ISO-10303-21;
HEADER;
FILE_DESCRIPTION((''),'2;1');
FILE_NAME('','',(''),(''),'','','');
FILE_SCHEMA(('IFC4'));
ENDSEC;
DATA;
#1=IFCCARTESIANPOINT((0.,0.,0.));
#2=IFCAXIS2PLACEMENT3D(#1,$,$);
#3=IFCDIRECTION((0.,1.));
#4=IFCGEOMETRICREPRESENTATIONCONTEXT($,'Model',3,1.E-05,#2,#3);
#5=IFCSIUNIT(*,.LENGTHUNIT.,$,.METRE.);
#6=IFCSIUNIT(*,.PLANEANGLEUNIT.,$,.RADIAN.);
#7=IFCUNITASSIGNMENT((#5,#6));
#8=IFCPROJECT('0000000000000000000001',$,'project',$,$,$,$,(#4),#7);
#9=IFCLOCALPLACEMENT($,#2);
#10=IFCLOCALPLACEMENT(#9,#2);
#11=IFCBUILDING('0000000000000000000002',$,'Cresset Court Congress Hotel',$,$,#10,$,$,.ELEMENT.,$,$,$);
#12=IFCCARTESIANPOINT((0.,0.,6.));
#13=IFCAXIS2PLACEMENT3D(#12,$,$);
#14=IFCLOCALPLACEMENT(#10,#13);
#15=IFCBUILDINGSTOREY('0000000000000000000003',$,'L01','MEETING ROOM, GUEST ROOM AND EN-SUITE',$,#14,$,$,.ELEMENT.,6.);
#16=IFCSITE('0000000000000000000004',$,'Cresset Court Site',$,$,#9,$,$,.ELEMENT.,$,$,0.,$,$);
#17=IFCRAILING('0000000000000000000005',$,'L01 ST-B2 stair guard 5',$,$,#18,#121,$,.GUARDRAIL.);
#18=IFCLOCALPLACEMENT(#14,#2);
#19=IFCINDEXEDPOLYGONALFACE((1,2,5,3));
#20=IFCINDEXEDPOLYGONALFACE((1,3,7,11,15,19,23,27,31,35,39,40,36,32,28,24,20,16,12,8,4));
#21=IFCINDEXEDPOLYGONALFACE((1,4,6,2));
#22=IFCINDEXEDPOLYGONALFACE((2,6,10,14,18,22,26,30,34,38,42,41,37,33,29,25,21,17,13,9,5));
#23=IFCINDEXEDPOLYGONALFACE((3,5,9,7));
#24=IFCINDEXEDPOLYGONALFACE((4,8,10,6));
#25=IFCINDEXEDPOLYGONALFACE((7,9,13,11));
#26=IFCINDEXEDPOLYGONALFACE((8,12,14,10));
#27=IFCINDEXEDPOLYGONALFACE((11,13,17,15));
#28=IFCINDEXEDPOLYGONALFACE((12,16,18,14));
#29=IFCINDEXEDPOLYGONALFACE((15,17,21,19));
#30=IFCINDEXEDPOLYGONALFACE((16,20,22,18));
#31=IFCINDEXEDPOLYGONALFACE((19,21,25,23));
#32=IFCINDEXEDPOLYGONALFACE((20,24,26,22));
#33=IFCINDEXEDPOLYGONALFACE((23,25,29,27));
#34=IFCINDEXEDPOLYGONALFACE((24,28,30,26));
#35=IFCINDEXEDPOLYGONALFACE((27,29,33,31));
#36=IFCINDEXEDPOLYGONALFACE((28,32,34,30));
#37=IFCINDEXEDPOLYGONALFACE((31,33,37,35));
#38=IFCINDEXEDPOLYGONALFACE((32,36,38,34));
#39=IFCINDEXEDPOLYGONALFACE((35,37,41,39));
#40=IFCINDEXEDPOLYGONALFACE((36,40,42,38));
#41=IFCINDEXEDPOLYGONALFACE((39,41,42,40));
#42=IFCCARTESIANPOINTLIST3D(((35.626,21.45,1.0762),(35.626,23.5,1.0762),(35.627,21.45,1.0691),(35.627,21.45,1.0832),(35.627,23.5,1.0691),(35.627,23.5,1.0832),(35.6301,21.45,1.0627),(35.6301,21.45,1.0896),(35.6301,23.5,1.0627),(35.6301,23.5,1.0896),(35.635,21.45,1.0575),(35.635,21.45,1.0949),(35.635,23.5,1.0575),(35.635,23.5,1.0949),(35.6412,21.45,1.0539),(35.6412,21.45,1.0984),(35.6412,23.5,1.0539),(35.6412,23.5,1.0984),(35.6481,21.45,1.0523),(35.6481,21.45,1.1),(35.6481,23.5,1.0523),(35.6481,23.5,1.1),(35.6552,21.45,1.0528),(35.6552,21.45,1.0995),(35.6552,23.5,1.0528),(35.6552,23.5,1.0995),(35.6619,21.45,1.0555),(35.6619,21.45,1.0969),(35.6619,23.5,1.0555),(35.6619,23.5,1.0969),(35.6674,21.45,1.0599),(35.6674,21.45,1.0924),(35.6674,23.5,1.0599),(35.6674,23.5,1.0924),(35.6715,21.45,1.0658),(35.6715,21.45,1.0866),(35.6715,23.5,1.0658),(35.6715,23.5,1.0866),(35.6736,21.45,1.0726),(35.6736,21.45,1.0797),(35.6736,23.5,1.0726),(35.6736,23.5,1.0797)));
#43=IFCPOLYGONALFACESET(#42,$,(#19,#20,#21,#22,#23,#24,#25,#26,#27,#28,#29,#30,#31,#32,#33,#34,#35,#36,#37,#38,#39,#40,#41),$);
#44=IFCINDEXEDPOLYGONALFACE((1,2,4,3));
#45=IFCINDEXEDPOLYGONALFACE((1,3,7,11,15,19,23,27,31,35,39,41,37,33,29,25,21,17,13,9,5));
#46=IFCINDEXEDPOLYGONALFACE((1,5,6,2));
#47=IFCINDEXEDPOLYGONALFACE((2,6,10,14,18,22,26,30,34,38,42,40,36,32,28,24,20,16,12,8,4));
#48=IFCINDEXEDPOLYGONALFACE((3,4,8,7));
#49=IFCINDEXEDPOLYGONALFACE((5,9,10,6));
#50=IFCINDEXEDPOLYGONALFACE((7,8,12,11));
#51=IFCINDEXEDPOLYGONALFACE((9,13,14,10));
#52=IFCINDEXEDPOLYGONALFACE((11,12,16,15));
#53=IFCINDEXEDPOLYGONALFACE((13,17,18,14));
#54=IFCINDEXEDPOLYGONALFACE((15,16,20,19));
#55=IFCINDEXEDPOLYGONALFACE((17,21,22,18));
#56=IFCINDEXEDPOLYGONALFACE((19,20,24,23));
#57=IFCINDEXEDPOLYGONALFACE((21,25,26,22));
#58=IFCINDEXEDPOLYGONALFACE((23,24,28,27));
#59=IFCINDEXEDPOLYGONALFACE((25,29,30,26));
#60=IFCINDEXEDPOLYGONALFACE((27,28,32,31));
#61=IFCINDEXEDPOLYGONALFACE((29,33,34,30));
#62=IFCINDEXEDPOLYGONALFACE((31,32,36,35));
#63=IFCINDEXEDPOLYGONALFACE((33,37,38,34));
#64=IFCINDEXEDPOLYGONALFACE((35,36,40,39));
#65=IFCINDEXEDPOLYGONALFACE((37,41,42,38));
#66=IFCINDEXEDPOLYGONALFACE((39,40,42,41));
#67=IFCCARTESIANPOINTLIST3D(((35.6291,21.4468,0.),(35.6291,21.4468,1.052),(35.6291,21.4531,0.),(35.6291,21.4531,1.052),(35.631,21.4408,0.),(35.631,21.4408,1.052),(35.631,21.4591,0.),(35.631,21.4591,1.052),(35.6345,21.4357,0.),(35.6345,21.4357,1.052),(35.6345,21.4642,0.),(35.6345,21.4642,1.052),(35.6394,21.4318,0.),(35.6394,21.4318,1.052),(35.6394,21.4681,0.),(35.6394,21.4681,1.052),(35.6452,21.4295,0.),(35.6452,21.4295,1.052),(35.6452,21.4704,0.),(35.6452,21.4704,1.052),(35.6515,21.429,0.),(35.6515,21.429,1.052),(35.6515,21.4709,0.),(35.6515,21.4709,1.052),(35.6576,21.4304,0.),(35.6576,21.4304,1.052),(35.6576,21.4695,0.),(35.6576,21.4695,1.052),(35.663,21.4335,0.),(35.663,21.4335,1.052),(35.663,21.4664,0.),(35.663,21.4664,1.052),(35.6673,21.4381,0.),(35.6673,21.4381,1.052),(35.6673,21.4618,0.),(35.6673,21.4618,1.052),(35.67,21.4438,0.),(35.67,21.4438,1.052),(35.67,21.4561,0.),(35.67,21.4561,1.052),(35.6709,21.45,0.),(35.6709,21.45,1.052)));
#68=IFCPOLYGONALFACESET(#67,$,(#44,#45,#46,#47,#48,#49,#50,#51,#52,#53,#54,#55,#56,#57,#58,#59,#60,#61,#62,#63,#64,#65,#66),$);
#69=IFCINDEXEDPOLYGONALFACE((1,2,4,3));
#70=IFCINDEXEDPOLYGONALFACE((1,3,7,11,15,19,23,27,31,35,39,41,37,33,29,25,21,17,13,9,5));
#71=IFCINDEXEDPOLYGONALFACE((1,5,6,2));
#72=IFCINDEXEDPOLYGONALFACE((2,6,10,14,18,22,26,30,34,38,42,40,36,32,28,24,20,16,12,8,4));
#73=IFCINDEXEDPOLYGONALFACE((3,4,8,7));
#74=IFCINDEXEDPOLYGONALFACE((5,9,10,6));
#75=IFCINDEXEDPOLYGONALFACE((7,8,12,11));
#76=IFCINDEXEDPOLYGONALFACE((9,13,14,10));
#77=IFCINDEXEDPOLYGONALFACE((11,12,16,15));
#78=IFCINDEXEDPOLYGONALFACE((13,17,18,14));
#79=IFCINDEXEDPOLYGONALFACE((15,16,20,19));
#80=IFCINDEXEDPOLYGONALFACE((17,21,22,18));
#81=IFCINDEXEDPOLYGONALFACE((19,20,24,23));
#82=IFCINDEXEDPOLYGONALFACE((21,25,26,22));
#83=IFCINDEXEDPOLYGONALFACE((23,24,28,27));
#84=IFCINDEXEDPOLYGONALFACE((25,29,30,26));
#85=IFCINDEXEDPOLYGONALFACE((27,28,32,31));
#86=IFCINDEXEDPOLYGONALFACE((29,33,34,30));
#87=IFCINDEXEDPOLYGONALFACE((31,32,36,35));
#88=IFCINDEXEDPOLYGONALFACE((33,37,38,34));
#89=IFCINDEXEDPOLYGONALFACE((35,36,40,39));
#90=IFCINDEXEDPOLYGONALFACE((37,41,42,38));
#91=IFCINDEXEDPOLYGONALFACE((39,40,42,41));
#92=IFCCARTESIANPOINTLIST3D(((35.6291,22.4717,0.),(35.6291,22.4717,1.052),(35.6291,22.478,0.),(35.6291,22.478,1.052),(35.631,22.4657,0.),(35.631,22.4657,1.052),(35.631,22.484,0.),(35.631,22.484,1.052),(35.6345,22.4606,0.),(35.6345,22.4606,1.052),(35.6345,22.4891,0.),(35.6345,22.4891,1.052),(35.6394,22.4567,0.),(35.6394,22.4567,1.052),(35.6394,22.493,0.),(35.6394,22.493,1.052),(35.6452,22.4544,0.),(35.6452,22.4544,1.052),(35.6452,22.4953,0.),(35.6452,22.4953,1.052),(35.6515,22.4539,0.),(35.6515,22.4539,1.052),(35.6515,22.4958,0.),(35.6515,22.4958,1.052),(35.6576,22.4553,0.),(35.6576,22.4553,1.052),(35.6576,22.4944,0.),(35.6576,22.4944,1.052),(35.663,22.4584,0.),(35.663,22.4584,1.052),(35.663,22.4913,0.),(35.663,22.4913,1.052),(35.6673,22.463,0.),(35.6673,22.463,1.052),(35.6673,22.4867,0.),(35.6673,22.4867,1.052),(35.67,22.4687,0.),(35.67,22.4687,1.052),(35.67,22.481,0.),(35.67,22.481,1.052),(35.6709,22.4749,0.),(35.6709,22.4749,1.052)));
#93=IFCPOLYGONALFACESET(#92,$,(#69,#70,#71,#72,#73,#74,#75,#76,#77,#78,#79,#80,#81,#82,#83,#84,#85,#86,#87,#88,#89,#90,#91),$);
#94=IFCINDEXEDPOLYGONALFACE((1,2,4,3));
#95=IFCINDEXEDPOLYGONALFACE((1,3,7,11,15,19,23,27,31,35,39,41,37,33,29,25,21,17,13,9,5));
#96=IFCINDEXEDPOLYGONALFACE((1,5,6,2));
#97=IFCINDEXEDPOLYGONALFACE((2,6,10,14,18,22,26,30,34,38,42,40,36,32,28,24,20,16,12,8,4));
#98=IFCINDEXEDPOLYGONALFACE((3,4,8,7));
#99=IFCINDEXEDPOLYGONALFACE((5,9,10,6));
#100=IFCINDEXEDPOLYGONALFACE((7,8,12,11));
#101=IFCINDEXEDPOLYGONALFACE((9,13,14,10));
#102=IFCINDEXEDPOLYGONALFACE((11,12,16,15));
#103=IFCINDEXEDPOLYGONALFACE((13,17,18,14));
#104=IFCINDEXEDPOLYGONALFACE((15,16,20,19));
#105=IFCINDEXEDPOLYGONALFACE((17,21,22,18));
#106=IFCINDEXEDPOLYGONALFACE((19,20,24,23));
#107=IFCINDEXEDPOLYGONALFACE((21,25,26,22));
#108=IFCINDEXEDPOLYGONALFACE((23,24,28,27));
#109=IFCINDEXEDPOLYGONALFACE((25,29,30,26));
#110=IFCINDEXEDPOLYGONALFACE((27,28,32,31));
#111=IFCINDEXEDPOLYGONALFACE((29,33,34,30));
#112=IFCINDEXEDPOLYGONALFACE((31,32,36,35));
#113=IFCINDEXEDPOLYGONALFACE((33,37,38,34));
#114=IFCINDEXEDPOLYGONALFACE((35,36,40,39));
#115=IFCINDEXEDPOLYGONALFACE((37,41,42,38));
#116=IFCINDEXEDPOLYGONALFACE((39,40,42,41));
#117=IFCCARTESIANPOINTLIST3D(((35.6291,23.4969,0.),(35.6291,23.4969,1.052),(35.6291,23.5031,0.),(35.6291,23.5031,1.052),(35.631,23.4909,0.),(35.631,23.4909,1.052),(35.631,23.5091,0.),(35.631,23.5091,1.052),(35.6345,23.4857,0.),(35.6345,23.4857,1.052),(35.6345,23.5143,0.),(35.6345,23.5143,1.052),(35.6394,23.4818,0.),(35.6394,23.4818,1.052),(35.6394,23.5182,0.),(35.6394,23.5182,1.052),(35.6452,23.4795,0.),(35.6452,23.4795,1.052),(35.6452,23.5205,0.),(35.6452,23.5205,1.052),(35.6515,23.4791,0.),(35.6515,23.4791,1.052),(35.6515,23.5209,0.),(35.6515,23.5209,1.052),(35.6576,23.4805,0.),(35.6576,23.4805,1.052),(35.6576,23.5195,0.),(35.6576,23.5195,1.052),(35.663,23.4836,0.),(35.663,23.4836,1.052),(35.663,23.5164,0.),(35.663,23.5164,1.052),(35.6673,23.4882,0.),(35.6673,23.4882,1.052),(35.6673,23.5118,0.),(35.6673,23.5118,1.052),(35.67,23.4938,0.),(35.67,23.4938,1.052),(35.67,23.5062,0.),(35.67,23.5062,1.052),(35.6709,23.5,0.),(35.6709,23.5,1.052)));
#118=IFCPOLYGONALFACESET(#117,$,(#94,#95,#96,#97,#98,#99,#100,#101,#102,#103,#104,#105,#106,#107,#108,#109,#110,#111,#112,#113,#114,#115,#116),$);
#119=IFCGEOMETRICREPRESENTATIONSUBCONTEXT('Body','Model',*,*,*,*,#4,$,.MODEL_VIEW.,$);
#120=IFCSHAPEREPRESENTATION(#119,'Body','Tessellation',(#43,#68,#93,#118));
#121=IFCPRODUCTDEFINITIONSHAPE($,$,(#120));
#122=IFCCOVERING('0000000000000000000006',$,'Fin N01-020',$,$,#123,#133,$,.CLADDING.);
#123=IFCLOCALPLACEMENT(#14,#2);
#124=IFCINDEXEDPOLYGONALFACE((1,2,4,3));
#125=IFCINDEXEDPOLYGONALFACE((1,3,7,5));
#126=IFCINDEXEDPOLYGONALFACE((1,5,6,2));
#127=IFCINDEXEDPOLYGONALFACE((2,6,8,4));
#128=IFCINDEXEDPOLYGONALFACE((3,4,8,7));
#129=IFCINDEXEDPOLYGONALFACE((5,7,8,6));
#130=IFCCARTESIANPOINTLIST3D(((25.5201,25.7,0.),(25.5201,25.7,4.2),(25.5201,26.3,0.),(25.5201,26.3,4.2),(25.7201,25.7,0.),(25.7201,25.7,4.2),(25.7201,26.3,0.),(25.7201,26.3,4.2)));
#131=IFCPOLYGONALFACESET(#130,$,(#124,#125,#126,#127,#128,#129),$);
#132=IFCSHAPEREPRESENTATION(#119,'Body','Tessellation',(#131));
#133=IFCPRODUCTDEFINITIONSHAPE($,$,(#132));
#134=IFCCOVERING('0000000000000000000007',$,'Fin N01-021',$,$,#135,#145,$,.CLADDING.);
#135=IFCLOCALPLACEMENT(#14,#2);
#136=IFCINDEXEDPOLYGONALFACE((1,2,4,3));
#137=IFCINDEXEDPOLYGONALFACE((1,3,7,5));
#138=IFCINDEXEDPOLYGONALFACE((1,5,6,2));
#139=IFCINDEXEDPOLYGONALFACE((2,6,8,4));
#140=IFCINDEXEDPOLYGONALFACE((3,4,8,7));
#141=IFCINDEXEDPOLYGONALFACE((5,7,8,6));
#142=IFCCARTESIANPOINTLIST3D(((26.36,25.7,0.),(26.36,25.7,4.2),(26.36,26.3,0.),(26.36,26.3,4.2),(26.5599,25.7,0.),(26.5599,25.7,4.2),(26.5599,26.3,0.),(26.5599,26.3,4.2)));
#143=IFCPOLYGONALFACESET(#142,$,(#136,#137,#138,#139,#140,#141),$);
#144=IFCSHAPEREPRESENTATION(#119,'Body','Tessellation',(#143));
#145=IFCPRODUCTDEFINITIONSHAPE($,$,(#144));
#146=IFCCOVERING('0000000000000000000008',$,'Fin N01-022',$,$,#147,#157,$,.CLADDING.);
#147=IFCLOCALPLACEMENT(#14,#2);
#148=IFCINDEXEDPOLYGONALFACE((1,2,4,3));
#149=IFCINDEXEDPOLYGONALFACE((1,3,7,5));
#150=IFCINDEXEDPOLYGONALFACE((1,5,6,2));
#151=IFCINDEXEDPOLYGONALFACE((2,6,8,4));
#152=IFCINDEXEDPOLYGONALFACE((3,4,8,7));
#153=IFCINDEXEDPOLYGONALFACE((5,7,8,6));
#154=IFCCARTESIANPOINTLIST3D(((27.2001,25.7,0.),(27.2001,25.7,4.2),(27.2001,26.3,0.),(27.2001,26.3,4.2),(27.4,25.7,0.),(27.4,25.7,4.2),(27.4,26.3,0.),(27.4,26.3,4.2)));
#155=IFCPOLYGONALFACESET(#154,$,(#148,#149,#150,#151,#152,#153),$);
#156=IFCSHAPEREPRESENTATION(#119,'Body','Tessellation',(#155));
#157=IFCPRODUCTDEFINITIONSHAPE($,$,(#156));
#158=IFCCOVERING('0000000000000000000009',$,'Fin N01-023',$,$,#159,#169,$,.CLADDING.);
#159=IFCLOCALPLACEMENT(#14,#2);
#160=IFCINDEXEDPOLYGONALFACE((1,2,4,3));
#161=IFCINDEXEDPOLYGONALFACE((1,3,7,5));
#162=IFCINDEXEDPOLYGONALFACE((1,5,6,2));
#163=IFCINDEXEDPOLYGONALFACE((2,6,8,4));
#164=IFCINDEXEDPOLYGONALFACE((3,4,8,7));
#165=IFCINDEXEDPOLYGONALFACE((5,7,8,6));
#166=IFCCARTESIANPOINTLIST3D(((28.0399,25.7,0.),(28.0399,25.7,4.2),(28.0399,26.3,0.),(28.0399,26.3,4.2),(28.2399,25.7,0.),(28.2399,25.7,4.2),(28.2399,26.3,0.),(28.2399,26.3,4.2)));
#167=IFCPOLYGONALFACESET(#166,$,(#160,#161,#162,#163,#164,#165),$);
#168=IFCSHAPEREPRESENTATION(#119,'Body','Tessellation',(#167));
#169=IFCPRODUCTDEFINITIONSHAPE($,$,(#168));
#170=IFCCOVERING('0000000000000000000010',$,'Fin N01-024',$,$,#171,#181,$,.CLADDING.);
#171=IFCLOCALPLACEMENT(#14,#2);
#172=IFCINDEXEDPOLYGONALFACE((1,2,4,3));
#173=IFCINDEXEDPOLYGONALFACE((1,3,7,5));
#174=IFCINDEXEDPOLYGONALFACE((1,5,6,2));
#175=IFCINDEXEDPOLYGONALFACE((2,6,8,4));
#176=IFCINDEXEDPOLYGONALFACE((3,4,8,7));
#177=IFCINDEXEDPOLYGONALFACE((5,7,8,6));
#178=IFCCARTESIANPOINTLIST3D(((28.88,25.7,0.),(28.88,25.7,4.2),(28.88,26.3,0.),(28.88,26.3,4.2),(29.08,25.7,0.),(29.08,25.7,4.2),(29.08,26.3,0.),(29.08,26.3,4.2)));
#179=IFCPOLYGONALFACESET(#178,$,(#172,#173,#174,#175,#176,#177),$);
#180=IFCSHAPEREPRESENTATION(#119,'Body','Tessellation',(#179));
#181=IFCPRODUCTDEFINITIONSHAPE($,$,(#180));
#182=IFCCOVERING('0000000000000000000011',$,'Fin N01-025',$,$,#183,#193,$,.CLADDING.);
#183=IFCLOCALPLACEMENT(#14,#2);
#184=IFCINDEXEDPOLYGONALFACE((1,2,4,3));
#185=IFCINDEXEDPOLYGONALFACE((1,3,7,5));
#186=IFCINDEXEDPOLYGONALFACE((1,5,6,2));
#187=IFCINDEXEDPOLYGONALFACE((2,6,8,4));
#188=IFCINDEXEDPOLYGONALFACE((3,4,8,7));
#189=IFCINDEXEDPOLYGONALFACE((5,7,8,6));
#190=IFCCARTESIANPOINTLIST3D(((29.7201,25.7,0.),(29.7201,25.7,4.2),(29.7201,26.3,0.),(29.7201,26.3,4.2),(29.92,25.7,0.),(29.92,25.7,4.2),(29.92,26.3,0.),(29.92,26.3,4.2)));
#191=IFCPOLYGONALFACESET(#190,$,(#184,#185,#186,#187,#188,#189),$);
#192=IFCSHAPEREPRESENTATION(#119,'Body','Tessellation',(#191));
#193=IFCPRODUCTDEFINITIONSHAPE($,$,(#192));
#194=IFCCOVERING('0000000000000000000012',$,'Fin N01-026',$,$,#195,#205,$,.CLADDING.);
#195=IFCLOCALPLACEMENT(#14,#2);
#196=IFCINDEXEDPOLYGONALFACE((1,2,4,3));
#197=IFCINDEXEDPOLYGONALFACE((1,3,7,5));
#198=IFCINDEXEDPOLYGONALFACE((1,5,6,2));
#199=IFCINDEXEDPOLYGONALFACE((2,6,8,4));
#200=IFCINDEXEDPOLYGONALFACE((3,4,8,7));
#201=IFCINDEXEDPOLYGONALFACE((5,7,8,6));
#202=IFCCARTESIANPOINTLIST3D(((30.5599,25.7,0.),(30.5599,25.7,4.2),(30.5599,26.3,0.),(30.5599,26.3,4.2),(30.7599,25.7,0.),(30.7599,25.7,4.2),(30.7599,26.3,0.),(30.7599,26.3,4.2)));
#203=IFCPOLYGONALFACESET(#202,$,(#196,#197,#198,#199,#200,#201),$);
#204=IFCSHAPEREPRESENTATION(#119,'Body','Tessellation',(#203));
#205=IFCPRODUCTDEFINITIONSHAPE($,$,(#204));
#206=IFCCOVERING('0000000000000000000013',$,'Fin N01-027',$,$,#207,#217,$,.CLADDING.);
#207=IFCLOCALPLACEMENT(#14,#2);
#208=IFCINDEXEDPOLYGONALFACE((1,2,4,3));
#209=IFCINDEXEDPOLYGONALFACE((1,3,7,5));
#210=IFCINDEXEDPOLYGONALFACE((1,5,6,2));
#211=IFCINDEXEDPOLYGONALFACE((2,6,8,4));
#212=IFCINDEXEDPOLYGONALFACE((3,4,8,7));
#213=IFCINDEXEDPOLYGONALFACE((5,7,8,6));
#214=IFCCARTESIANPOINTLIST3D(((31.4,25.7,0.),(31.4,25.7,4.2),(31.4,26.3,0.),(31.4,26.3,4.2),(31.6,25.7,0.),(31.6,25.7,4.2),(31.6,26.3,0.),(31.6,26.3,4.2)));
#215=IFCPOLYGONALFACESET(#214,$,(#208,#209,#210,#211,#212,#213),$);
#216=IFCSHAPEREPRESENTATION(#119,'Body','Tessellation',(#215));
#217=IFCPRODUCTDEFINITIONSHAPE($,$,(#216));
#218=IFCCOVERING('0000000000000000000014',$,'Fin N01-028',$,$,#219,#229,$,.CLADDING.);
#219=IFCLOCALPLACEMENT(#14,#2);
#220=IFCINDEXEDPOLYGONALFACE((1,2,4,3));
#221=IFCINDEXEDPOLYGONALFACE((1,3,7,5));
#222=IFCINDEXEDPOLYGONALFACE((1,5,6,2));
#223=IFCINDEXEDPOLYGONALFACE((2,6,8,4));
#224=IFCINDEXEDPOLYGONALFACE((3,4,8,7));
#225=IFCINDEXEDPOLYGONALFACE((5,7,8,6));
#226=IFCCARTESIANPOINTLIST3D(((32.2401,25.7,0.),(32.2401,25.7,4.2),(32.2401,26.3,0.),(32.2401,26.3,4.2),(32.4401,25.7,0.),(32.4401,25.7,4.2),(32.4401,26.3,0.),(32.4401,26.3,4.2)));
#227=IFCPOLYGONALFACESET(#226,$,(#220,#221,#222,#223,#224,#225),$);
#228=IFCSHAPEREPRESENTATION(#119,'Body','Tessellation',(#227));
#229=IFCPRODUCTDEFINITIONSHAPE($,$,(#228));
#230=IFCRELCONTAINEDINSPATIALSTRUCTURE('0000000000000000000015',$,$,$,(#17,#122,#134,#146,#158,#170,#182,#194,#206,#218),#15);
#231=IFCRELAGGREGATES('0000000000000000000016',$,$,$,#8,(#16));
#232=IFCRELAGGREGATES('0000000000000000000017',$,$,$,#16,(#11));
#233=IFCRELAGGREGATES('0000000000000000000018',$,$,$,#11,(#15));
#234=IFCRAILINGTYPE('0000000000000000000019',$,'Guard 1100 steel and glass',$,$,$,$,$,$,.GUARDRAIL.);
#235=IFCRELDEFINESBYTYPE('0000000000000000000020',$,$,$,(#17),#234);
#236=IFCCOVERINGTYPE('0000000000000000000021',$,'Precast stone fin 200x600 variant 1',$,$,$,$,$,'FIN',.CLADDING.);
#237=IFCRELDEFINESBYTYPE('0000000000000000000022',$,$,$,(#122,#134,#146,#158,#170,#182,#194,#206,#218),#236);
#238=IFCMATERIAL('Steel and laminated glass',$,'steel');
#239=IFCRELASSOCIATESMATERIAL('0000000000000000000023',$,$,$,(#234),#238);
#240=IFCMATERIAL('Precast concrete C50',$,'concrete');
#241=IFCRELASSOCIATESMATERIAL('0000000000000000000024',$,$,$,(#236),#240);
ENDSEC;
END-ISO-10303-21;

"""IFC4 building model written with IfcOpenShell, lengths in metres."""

from ifc_helpers import new_model, si_unit, direction, frame, origin, origin_2d, place, context, subcontext, project, spatial, rectangle, circle, extrude, material, type_object, element, save


model = new_model("IFC4")

# Units and contexts
model_context = context("Model", 3, precision=1e-05, world=origin(), true_north=direction((0.0, 1.0)))
body_context = subcontext(model_context, "Body", "Model", "MODEL_VIEW")
ifc_project = project(units=[si_unit("LENGTHUNIT", "METRE"), si_unit("PLANEANGLEUNIT", "RADIAN")], contexts=[model_context])

# Site, building, storey
site_placement = place(None, origin())
site = spatial("IfcSite", under=ifc_project, at=site_placement, Name="Cresset Court Site", CompositionType="ELEMENT", RefElevation=0.0)
building_placement = place(site_placement, origin())
building = spatial("IfcBuilding", under=site, at=building_placement, Name="Cresset Court Congress Hotel", CompositionType="ELEMENT")
storey_placement = place(building_placement, frame((0.0, 0.0, 6.0)))
storey = spatial("IfcBuildingStorey", under=building, at=storey_placement, Name="L01", Description="MEETING ROOM, GUEST ROOM AND EN-SUITE", CompositionType="ELEMENT", Elevation=6.0)

# Railing
ifc_material_1 = material(Name="Steel and laminated glass", Category="steel")
railing_type = type_object("IfcRailingType", Name="Guard 1100 steel and glass", PredefinedType="GUARDRAIL", material=ifc_material_1)
railing_placement = place(storey_placement, frame((35.6499, 21.45, 0.0)))
element("IfcRailing", 1, at=railing_placement, inside=storey, type_object=railing_type, Name="L01 ST-B2 stair guard 5", PredefinedType="GUARDRAIL", context=body_context, shape_type="SweptSolid", body=[
    extrude(circle(Radius=0.0239, at=origin_2d()), frame((0.0, 0.0, 1.0762), z_axis=(0.0, 1.0, 0.0), x_axis=(-1.0, 0.0, 0.0)), (0.0, 0.0, 1.0), 2.05),
    extrude(circle(Radius=0.021, at=origin_2d()), origin(), (0.0, 0.0, 1.0), 1.052),
    extrude(circle(Radius=0.021, at=origin_2d()), frame((0.0, 1.0249, 0.0)), (0.0, 0.0, 1.0), 1.052),
    extrude(circle(Radius=0.021, at=origin_2d()), frame((0.0, 2.05, 0.0)), (0.0, 0.0, 1.0), 1.052),
])

# Coverings
ifc_material_2 = material(Name="Precast concrete C50", Category="concrete")
covering_type = type_object("IfcCoveringType", Name="Precast stone fin 200x600 variant 1", ElementType="FIN", PredefinedType="CLADDING", material=ifc_material_2)
for number, where, z_axis, x_axis, name in (
    (2, (25.6201, 26.0, 0.0), (0.0, 0.0, 1.0), (1.0, 0.0, 0.0), "Fin N01-020"),
    (3, (26.46, 26.0, 0.0), (0.0, 0.0, 1.0), (1.0, 0.0, 0.0), "Fin N01-021"),
    (4, (27.3, 26.0, 0.0), (0.0, 0.0, 1.0), (1.0, 0.0, 0.0), "Fin N01-022"),
    (5, (28.1399, 26.0, 0.0), (0.0, 0.0, 1.0), (1.0, 0.0, 0.0), "Fin N01-023"),
    (6, (28.98, 26.0, 0.0), (0.0, 0.0, 1.0), (1.0, 0.0, 0.0), "Fin N01-024"),
    (7, (29.8201, 26.0, 0.0), (0.0, 0.0, 1.0), (1.0, 0.0, 0.0), "Fin N01-025"),
    (8, (30.6599, 26.0, 0.0), (0.0, 0.0, 1.0), (1.0, 0.0, 0.0), "Fin N01-026"),
    (9, (31.5, 26.0, 0.0), (0.0, 0.0, 1.0), (1.0, 0.0, 0.0), "Fin N01-027"),
    (10, (32.3401, 26.0, 0.0), (0.0, 0.0, 1.0), (1.0, 0.0, 0.0), "Fin N01-028"),
):
    element("IfcCovering", number, at=place(storey_placement, frame(where, z_axis=z_axis, x_axis=x_axis)), inside=storey, type_object=covering_type, Name=name, PredefinedType="CLADDING", context=body_context, shape_type="SweptSolid", body=[
        extrude(rectangle(XDim=0.2, YDim=0.6001, at=origin_2d()), origin(), (0.0, 0.0, 1.0), 4.2),
    ])

save(model, "model.ifc")
